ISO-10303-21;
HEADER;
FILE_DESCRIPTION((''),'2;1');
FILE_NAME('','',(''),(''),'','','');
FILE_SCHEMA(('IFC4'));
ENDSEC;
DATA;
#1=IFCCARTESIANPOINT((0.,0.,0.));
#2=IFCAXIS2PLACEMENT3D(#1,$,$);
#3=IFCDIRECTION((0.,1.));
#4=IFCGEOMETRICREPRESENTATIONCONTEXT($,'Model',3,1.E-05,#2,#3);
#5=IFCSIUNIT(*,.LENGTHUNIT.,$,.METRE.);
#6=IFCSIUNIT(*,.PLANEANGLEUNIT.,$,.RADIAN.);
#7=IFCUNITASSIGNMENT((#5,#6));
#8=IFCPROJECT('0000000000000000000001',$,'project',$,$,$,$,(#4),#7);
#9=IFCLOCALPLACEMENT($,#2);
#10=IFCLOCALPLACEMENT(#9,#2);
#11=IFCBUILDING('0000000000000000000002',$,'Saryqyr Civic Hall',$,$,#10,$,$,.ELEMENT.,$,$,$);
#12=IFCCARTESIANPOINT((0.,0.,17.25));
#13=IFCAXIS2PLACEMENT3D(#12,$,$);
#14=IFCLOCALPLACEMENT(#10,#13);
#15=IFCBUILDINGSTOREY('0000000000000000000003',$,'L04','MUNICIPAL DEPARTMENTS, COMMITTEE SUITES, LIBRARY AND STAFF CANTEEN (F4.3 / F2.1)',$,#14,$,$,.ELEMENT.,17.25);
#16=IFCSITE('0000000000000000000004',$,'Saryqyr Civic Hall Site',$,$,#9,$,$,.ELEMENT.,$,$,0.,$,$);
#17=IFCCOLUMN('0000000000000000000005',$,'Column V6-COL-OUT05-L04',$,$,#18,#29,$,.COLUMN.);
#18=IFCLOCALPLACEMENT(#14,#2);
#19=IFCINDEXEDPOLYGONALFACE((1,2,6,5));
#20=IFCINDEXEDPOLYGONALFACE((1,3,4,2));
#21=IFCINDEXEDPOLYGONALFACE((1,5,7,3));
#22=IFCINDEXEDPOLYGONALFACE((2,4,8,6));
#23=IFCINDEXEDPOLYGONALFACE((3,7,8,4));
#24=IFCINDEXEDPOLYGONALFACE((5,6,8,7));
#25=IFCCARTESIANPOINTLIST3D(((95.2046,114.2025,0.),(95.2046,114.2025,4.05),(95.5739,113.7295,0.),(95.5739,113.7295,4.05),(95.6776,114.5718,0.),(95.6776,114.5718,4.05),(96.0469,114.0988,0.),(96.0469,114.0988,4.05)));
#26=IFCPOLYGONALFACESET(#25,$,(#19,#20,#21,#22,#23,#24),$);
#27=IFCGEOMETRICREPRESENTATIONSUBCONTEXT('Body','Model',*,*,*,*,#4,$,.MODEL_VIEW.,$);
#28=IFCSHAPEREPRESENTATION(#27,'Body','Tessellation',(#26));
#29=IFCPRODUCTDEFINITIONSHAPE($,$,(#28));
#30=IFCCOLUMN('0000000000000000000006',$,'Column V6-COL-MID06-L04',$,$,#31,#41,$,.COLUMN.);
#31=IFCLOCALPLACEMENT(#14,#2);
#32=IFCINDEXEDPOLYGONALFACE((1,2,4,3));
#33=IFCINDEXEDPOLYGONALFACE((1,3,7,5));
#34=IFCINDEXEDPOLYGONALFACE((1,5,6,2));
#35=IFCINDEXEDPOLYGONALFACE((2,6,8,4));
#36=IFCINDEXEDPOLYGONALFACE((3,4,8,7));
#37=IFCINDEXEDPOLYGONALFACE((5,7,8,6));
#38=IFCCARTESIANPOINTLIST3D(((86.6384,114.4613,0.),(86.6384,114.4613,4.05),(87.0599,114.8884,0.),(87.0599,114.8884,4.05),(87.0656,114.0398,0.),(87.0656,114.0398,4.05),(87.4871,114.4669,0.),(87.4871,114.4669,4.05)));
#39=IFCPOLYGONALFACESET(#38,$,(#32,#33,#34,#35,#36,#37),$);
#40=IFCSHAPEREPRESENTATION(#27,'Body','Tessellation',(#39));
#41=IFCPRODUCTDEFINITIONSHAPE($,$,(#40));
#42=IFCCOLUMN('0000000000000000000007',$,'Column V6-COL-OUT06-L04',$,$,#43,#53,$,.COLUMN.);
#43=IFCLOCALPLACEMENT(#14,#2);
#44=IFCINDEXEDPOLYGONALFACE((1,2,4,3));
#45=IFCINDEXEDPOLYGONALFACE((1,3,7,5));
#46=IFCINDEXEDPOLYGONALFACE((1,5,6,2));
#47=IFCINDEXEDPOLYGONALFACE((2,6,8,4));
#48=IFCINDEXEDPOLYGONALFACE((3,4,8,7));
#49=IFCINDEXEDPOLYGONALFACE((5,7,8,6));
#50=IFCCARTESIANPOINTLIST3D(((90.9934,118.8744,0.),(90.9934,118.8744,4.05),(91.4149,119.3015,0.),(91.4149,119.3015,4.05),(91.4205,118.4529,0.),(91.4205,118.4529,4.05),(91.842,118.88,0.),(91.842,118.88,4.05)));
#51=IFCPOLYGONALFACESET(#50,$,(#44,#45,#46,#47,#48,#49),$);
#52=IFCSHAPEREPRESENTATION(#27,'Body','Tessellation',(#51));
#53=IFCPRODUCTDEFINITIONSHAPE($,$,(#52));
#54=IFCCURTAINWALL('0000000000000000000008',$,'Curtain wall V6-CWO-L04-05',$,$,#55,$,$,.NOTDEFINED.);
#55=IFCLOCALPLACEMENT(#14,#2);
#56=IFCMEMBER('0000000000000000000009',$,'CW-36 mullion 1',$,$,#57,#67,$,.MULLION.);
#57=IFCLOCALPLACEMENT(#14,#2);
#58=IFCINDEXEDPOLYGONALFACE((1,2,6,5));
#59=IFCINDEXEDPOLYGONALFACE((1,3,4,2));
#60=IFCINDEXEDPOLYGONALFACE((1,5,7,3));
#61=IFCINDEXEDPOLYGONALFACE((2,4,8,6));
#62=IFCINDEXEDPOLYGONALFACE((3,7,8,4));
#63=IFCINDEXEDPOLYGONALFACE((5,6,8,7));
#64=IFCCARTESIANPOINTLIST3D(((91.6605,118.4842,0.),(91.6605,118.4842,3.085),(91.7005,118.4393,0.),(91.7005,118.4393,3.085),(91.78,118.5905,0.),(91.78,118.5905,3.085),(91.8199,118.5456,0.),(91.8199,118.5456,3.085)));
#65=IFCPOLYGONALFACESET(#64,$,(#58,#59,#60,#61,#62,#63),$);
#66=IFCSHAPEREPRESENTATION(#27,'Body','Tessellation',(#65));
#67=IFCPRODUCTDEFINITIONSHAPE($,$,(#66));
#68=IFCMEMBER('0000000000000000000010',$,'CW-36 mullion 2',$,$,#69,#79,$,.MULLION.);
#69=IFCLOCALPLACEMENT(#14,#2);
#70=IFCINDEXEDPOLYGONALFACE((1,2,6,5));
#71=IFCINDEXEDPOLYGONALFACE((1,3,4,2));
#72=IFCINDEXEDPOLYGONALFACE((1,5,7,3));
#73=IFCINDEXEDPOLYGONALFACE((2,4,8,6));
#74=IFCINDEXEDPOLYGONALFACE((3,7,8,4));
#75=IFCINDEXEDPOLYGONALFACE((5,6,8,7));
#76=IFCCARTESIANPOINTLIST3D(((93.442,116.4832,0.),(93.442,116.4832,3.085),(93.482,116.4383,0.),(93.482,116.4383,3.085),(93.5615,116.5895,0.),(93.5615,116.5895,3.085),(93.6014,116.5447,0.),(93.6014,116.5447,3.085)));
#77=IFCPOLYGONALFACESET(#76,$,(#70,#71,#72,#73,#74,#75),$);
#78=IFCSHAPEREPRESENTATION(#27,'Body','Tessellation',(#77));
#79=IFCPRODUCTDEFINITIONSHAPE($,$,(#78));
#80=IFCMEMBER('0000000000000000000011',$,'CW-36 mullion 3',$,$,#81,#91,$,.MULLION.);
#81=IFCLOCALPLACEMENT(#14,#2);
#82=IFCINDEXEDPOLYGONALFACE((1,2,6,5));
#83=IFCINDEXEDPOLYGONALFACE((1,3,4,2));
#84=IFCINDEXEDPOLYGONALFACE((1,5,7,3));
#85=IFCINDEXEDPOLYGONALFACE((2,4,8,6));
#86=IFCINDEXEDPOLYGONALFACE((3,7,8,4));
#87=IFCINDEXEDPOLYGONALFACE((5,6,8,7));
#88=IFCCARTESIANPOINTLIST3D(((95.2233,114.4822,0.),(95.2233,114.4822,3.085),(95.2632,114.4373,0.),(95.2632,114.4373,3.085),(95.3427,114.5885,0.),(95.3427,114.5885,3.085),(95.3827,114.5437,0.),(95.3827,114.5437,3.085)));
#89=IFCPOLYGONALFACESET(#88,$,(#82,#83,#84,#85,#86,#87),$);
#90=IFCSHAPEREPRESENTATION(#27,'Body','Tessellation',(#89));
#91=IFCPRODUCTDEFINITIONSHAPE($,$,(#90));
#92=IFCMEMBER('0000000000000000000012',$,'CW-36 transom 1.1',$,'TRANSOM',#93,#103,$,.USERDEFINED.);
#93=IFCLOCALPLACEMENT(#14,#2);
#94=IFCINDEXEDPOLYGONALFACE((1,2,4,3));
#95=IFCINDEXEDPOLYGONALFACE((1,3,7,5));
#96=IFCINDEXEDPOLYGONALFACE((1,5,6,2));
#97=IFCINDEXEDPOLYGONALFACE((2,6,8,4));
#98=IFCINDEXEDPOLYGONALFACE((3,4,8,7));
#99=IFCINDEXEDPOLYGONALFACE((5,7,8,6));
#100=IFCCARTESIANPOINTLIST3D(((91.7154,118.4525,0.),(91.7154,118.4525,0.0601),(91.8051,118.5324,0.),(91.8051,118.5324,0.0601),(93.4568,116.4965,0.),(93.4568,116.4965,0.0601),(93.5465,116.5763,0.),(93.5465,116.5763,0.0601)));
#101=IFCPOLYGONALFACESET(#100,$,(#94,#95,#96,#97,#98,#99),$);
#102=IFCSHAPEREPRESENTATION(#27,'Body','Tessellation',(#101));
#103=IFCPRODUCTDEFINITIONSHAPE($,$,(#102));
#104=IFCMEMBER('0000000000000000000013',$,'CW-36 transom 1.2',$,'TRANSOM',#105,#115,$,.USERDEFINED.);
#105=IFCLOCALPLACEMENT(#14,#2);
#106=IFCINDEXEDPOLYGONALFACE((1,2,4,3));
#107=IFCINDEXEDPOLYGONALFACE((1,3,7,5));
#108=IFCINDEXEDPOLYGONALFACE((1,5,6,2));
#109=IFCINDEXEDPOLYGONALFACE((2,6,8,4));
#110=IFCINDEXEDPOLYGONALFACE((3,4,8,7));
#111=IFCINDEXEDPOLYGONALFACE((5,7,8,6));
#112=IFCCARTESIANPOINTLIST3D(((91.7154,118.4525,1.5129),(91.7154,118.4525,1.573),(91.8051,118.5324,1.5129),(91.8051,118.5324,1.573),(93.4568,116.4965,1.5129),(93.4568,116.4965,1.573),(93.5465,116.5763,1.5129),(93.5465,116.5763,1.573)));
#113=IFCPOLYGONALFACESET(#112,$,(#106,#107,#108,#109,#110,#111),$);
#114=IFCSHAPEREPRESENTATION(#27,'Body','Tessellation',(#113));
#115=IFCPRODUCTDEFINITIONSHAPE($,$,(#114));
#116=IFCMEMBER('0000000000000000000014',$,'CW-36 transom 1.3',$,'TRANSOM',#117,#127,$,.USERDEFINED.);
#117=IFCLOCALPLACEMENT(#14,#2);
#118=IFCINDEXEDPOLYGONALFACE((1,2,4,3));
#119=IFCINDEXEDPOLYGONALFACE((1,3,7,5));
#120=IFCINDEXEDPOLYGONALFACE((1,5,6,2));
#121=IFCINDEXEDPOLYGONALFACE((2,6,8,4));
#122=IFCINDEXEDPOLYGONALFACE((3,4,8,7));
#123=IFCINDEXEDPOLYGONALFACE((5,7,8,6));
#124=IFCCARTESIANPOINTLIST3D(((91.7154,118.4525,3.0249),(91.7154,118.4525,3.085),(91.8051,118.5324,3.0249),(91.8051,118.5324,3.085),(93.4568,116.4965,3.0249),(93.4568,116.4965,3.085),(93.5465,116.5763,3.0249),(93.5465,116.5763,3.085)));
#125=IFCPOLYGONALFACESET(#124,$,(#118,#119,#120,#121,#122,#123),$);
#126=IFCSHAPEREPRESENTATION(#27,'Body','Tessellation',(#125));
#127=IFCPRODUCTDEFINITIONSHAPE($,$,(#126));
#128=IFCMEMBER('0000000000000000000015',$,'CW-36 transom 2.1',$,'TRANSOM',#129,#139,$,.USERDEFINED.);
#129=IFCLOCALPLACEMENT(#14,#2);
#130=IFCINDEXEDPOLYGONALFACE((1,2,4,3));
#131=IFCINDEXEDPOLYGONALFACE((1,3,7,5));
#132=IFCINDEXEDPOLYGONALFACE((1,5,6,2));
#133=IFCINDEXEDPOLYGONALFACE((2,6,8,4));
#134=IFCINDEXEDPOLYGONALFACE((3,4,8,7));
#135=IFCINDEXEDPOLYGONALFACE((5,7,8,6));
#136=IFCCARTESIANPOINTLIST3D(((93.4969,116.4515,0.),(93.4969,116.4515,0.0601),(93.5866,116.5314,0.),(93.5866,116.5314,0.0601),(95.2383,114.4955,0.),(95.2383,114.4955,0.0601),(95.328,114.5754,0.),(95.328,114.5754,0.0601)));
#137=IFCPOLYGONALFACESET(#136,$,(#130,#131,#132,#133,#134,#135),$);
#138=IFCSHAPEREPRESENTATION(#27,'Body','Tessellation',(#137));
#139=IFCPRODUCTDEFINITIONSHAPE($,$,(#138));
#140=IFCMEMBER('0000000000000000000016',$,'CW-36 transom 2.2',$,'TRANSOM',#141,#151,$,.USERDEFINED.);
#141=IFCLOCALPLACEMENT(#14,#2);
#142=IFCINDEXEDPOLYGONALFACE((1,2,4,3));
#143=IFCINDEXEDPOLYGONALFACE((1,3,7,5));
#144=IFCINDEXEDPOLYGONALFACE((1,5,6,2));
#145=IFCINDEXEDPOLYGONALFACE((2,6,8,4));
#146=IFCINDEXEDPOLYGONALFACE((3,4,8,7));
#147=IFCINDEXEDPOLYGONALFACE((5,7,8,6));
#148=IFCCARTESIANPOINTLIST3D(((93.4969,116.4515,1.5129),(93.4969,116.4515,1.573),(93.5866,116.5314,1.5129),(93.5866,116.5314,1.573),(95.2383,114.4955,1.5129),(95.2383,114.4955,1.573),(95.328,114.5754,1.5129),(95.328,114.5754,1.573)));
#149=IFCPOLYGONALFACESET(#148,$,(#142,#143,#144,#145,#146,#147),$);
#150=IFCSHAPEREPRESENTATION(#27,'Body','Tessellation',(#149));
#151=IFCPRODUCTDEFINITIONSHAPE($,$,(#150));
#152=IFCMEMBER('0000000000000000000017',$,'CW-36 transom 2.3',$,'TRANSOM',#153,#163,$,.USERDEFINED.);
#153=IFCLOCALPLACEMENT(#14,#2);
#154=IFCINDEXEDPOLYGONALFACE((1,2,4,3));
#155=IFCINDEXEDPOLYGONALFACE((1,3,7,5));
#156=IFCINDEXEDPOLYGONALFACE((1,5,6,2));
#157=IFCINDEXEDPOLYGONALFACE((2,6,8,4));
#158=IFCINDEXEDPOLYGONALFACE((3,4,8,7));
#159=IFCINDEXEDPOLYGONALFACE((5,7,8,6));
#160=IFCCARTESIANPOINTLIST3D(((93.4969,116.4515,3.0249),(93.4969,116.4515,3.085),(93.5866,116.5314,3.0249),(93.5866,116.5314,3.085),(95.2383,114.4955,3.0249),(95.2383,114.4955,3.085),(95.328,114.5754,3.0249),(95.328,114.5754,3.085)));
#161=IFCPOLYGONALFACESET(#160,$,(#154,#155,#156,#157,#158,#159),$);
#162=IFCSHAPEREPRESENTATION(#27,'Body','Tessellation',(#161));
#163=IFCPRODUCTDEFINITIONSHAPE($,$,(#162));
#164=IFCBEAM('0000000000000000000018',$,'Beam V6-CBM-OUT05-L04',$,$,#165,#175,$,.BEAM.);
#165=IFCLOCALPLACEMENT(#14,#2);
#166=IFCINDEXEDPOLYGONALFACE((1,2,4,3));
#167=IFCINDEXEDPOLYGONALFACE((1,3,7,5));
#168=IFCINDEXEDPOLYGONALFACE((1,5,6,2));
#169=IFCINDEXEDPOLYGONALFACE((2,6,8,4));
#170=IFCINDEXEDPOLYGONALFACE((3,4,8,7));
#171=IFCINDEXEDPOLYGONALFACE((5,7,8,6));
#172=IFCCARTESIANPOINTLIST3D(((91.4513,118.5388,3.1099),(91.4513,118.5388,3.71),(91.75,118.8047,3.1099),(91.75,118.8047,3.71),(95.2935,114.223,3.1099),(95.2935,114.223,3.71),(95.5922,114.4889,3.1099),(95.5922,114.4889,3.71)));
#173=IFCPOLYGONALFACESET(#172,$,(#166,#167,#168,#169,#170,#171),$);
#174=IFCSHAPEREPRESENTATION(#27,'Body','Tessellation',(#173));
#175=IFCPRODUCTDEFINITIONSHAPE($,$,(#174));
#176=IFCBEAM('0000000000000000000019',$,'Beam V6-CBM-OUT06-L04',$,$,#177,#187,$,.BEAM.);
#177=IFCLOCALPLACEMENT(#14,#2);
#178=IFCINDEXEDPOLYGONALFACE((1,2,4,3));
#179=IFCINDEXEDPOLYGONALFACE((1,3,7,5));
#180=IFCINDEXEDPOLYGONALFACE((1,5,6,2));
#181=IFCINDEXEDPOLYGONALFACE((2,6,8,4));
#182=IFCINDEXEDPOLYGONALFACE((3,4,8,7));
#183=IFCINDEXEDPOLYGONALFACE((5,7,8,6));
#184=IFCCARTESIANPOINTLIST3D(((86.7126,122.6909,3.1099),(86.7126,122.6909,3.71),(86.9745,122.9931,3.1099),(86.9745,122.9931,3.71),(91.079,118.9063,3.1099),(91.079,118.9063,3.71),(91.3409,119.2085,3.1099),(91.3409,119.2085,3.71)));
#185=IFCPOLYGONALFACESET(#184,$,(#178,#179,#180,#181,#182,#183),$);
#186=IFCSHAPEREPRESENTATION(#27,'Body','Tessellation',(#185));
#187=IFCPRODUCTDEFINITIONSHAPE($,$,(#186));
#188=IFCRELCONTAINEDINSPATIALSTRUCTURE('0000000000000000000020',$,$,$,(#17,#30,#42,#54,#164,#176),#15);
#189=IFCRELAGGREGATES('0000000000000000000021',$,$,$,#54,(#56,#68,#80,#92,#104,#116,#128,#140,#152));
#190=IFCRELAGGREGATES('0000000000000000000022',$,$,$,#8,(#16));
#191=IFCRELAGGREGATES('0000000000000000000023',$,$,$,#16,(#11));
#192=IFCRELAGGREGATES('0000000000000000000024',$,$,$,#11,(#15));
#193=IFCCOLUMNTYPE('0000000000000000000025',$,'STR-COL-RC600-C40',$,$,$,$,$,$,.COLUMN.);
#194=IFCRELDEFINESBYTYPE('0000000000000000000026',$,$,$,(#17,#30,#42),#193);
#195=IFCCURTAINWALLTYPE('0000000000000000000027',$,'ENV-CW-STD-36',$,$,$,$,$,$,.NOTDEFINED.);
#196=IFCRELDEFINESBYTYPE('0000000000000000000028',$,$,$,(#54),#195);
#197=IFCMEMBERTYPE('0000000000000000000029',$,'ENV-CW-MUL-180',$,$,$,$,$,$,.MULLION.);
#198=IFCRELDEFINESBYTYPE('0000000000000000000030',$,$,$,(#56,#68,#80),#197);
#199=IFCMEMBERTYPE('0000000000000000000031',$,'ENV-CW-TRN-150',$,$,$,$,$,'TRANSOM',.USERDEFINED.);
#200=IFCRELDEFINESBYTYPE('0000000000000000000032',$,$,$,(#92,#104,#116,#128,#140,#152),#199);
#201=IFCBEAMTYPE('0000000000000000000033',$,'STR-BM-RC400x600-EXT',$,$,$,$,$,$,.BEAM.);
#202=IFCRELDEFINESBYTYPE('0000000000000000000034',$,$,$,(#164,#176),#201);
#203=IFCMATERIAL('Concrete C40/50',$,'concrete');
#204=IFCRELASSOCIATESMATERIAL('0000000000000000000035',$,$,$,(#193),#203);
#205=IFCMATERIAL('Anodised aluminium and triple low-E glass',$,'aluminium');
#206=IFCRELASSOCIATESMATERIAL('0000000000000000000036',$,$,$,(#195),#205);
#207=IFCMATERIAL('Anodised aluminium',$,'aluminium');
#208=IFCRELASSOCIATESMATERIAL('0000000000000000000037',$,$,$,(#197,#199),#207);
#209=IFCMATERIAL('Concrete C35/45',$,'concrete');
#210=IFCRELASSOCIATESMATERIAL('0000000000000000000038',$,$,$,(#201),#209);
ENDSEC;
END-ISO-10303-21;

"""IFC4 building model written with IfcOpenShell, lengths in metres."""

from ifc_helpers import new_model, si_unit, direction, frame, origin, origin_2d, place, context, subcontext, project, spatial, rectangle, extrude, material, material_profile, profile_set, type_object, element, aggregate, save


model = new_model("IFC4")

# Units and contexts
model_context = context("Model", 3, precision=1e-05, world=origin(), true_north=direction((0.0, 1.0)))
body_context = subcontext(model_context, "Body", "Model", "MODEL_VIEW")
ifc_project = project(units=[si_unit("LENGTHUNIT", "METRE"), si_unit("PLANEANGLEUNIT", "RADIAN")], contexts=[model_context])

# Site, building, storey
site_placement = place(None, origin())
site = spatial("IfcSite", under=ifc_project, at=site_placement, Name="Saryqyr Civic Hall Site", CompositionType="ELEMENT", RefElevation=0.0)
building_placement = place(site_placement, origin())
building = spatial("IfcBuilding", under=site, at=building_placement, Name="Saryqyr Civic Hall", CompositionType="ELEMENT")
storey_placement = place(building_placement, frame((0.0, 0.0, 17.25)))
storey = spatial("IfcBuildingStorey", under=building, at=storey_placement, Name="L04", Description="MUNICIPAL DEPARTMENTS, COMMITTEE SUITES, LIBRARY AND STAFF CANTEEN (F4.3 / F2.1)", CompositionType="ELEMENT", Elevation=17.25)

# Columns
ifc_material_1 = material(Name="Concrete C40/50", Category="concrete")
ifc_material_profile_1 = material_profile(ifc_material_1, rectangle(XDim=0.6001, YDim=0.6001, at=origin_2d()), Name="RC 600x600")
ifc_profile_set_1 = profile_set([ifc_material_profile_1], Name="Concrete C40/50")
column_type = type_object("IfcColumnType", Name="STR-COL-RC600-C40", PredefinedType="COLUMN", material=ifc_profile_set_1)
for number, where, z_axis, x_axis, name in (
    (1, (95.6257, 114.1506, 0.0), (0.0, 0.0, 1.0), (0.788226, 0.615386, 0.0), "Column V6-COL-OUT05-L04"),
    (2, (87.0627, 114.4641, 0.0), (0.0, 0.0, 1.0), (0.702402, 0.711781, 0.0), "Column V6-COL-MID06-L04"),
    (3, (91.4177, 118.8772, 0.0), (0.0, 0.0, 1.0), (0.702402, 0.711781, 0.0), "Column V6-COL-OUT06-L04"),
):
    element("IfcColumn", number, at=place(storey_placement, frame(where, z_axis=z_axis, x_axis=x_axis)), inside=storey, type_object=column_type, Name=name, PredefinedType="COLUMN", context=body_context, shape_type="SweptSolid", body=[
        extrude(rectangle(XDim=0.6001, YDim=0.6001, at=origin_2d()), origin(), (0.0, 0.0, 1.0), 4.05),
    ])

# Curtain wall, members
ifc_material_2 = material(Name="Anodised aluminium and triple low-E glass", Category="aluminium")
curtain_wall_type = type_object("IfcCurtainWallType", Name="ENV-CW-STD-36", PredefinedType="NOTDEFINED", material=ifc_material_2)
curtain_wall_placement = place(storey_placement, origin())
curtain_wall = element("IfcCurtainWall", 4, at=curtain_wall_placement, inside=storey, type_object=curtain_wall_type, Name="Curtain wall V6-CWO-L04-05", PredefinedType="NOTDEFINED")
ifc_material_3 = material(Name="Anodised aluminium", Category="aluminium")
ifc_material_profile_2 = material_profile(ifc_material_3, rectangle(XDim=0.0601, YDim=0.1599, at=origin_2d()), Name="ALU MULLION 60x160")
ifc_profile_set_2 = profile_set([ifc_material_profile_2], Name="Anodised aluminium")
member_type_1 = type_object("IfcMemberType", Name="ENV-CW-MUL-180", PredefinedType="MULLION", material=ifc_profile_set_2)
member_1_placement = place(storey_placement, frame((91.7402, 118.5149, 0.0), z_axis=(0.0, 0.0, 1.0), x_axis=(0.664934, -0.746902, 0.0)))
member_1 = element("IfcMember", 5, at=member_1_placement, type_object=member_type_1, Name="CW-36 mullion 1", PredefinedType="MULLION", context=body_context, shape_type="SweptSolid", body=[
    extrude(rectangle(XDim=0.0601, YDim=0.1599, at=origin_2d()), origin(), (0.0, 0.0, 1.0), 3.085),
])
member_2_placement = place(storey_placement, frame((93.5217, 116.5139, 0.0), z_axis=(0.0, 0.0, 1.0), x_axis=(0.664934, -0.746902, 0.0)))
member_2 = element("IfcMember", 6, at=member_2_placement, type_object=member_type_1, Name="CW-36 mullion 2", PredefinedType="MULLION", context=body_context, shape_type="SweptSolid", body=[
    extrude(rectangle(XDim=0.0601, YDim=0.1599, at=origin_2d()), origin(), (0.0, 0.0, 1.0), 3.085),
])
member_3_placement = place(storey_placement, frame((95.303, 114.5129, 0.0), z_axis=(0.0, 0.0, 1.0), x_axis=(0.664934, -0.746902, 0.0)))
member_3 = element("IfcMember", 7, at=member_3_placement, type_object=member_type_1, Name="CW-36 mullion 3", PredefinedType="MULLION", context=body_context, shape_type="SweptSolid", body=[
    extrude(rectangle(XDim=0.0601, YDim=0.1599, at=origin_2d()), origin(), (0.0, 0.0, 1.0), 3.085),
])
ifc_material_profile_3 = material_profile(ifc_material_3, rectangle(XDim=0.1201, YDim=0.0601, at=origin_2d()), Name="ALU TRANSOM 120x60")
ifc_profile_set_3 = profile_set([ifc_material_profile_3], Name="Anodised aluminium")
member_type_2 = type_object("IfcMemberType", Name="ENV-CW-TRN-150", ElementType="TRANSOM", PredefinedType="USERDEFINED", material=ifc_profile_set_3)
member_4_placement = place(storey_placement, frame((91.7603, 118.4924, 0.03), z_axis=(0.664948, -0.74689, 0.0), x_axis=(0.74689, 0.664948, 0.0)))
member_4 = element("IfcMember", 8, at=member_4_placement, type_object=member_type_2, Name="CW-36 transom 1.1", ObjectType="TRANSOM", PredefinedType="USERDEFINED", context=body_context, shape_type="SweptSolid", body=[
    extrude(rectangle(XDim=0.1201, YDim=0.0601, at=origin_2d()), origin(), (0.0, 0.0, 1.0), 2.6189),
])
member_5_placement = place(storey_placement, frame((91.7603, 118.4924, 1.543), z_axis=(0.664948, -0.74689, 0.0), x_axis=(0.74689, 0.664948, 0.0)))
member_5 = element("IfcMember", 9, at=member_5_placement, type_object=member_type_2, Name="CW-36 transom 1.2", ObjectType="TRANSOM", PredefinedType="USERDEFINED", context=body_context, shape_type="SweptSolid", body=[
    extrude(rectangle(XDim=0.1201, YDim=0.0601, at=origin_2d()), origin(), (0.0, 0.0, 1.0), 2.6189),
])
member_6_placement = place(storey_placement, frame((91.7603, 118.4924, 3.0549), z_axis=(0.664948, -0.74689, 0.0), x_axis=(0.74689, 0.664948, 0.0)))
member_6 = element("IfcMember", 10, at=member_6_placement, type_object=member_type_2, Name="CW-36 transom 1.3", ObjectType="TRANSOM", PredefinedType="USERDEFINED", context=body_context, shape_type="SweptSolid", body=[
    extrude(rectangle(XDim=0.1201, YDim=0.0601, at=origin_2d()), origin(), (0.0, 0.0, 1.0), 2.6189),
])
member_7_placement = place(storey_placement, frame((93.5417, 116.4915, 0.03), z_axis=(0.664948, -0.74689, 0.0), x_axis=(0.74689, 0.664948, 0.0)))
member_7 = element("IfcMember", 11, at=member_7_placement, type_object=member_type_2, Name="CW-36 transom 2.1", ObjectType="TRANSOM", PredefinedType="USERDEFINED", context=body_context, shape_type="SweptSolid", body=[
    extrude(rectangle(XDim=0.1201, YDim=0.0601, at=origin_2d()), origin(), (0.0, 0.0, 1.0), 2.6189),
])
member_8_placement = place(storey_placement, frame((93.5417, 116.4915, 1.543), z_axis=(0.664948, -0.74689, 0.0), x_axis=(0.74689, 0.664948, 0.0)))
member_8 = element("IfcMember", 12, at=member_8_placement, type_object=member_type_2, Name="CW-36 transom 2.2", ObjectType="TRANSOM", PredefinedType="USERDEFINED", context=body_context, shape_type="SweptSolid", body=[
    extrude(rectangle(XDim=0.1201, YDim=0.0601, at=origin_2d()), origin(), (0.0, 0.0, 1.0), 2.6189),
])
member_9_placement = place(storey_placement, frame((93.5417, 116.4915, 3.0549), z_axis=(0.664948, -0.74689, 0.0), x_axis=(0.74689, 0.664948, 0.0)))
member_9 = element("IfcMember", 13, at=member_9_placement, type_object=member_type_2, Name="CW-36 transom 2.3", ObjectType="TRANSOM", PredefinedType="USERDEFINED", context=body_context, shape_type="SweptSolid", body=[
    extrude(rectangle(XDim=0.1201, YDim=0.0601, at=origin_2d()), origin(), (0.0, 0.0, 1.0), 2.6189),
])

# Beams
ifc_material_4 = material(Name="Concrete C35/45", Category="concrete")
ifc_material_profile_4 = material_profile(ifc_material_4, rectangle(XDim=0.3999, YDim=0.6001, at=origin_2d()), Name="RC 400x600")
ifc_profile_set_4 = profile_set([ifc_material_profile_4], Name="Concrete C35/45")
beam_type_1 = type_object("IfcBeamType", Name="STR-BM-RC400x600-EXT", PredefinedType="BEAM", material=ifc_profile_set_4)
for number, where, z_axis, x_axis, name in (
    (14, (95.4429, 114.356, 3.4099), (-0.664935, 0.746901, 0.0), (-0.746901, -0.664935, 0.0), "Beam V6-CBM-OUT05-L04"),
    (15, (91.21, 119.0574, 3.4099), (-0.755654, 0.654971, 0.0), (-0.654971, -0.755654, 0.0), "Beam V6-CBM-OUT06-L04"),
):
    element("IfcBeam", number, at=place(storey_placement, frame(where, z_axis=z_axis, x_axis=x_axis)), inside=storey, type_object=beam_type_1, Name=name, PredefinedType="BEAM", context=body_context, shape_type="SweptSolid", body=[
        extrude(rectangle(XDim=0.3999, YDim=0.6001, at=origin_2d()), origin(), (0.0, 0.0, 1.0), 5.7783),
    ])

aggregate(curtain_wall, [member_1, member_2, member_3, member_4, member_5, member_6, member_7, member_8, member_9])

save(model, "model.ifc")
